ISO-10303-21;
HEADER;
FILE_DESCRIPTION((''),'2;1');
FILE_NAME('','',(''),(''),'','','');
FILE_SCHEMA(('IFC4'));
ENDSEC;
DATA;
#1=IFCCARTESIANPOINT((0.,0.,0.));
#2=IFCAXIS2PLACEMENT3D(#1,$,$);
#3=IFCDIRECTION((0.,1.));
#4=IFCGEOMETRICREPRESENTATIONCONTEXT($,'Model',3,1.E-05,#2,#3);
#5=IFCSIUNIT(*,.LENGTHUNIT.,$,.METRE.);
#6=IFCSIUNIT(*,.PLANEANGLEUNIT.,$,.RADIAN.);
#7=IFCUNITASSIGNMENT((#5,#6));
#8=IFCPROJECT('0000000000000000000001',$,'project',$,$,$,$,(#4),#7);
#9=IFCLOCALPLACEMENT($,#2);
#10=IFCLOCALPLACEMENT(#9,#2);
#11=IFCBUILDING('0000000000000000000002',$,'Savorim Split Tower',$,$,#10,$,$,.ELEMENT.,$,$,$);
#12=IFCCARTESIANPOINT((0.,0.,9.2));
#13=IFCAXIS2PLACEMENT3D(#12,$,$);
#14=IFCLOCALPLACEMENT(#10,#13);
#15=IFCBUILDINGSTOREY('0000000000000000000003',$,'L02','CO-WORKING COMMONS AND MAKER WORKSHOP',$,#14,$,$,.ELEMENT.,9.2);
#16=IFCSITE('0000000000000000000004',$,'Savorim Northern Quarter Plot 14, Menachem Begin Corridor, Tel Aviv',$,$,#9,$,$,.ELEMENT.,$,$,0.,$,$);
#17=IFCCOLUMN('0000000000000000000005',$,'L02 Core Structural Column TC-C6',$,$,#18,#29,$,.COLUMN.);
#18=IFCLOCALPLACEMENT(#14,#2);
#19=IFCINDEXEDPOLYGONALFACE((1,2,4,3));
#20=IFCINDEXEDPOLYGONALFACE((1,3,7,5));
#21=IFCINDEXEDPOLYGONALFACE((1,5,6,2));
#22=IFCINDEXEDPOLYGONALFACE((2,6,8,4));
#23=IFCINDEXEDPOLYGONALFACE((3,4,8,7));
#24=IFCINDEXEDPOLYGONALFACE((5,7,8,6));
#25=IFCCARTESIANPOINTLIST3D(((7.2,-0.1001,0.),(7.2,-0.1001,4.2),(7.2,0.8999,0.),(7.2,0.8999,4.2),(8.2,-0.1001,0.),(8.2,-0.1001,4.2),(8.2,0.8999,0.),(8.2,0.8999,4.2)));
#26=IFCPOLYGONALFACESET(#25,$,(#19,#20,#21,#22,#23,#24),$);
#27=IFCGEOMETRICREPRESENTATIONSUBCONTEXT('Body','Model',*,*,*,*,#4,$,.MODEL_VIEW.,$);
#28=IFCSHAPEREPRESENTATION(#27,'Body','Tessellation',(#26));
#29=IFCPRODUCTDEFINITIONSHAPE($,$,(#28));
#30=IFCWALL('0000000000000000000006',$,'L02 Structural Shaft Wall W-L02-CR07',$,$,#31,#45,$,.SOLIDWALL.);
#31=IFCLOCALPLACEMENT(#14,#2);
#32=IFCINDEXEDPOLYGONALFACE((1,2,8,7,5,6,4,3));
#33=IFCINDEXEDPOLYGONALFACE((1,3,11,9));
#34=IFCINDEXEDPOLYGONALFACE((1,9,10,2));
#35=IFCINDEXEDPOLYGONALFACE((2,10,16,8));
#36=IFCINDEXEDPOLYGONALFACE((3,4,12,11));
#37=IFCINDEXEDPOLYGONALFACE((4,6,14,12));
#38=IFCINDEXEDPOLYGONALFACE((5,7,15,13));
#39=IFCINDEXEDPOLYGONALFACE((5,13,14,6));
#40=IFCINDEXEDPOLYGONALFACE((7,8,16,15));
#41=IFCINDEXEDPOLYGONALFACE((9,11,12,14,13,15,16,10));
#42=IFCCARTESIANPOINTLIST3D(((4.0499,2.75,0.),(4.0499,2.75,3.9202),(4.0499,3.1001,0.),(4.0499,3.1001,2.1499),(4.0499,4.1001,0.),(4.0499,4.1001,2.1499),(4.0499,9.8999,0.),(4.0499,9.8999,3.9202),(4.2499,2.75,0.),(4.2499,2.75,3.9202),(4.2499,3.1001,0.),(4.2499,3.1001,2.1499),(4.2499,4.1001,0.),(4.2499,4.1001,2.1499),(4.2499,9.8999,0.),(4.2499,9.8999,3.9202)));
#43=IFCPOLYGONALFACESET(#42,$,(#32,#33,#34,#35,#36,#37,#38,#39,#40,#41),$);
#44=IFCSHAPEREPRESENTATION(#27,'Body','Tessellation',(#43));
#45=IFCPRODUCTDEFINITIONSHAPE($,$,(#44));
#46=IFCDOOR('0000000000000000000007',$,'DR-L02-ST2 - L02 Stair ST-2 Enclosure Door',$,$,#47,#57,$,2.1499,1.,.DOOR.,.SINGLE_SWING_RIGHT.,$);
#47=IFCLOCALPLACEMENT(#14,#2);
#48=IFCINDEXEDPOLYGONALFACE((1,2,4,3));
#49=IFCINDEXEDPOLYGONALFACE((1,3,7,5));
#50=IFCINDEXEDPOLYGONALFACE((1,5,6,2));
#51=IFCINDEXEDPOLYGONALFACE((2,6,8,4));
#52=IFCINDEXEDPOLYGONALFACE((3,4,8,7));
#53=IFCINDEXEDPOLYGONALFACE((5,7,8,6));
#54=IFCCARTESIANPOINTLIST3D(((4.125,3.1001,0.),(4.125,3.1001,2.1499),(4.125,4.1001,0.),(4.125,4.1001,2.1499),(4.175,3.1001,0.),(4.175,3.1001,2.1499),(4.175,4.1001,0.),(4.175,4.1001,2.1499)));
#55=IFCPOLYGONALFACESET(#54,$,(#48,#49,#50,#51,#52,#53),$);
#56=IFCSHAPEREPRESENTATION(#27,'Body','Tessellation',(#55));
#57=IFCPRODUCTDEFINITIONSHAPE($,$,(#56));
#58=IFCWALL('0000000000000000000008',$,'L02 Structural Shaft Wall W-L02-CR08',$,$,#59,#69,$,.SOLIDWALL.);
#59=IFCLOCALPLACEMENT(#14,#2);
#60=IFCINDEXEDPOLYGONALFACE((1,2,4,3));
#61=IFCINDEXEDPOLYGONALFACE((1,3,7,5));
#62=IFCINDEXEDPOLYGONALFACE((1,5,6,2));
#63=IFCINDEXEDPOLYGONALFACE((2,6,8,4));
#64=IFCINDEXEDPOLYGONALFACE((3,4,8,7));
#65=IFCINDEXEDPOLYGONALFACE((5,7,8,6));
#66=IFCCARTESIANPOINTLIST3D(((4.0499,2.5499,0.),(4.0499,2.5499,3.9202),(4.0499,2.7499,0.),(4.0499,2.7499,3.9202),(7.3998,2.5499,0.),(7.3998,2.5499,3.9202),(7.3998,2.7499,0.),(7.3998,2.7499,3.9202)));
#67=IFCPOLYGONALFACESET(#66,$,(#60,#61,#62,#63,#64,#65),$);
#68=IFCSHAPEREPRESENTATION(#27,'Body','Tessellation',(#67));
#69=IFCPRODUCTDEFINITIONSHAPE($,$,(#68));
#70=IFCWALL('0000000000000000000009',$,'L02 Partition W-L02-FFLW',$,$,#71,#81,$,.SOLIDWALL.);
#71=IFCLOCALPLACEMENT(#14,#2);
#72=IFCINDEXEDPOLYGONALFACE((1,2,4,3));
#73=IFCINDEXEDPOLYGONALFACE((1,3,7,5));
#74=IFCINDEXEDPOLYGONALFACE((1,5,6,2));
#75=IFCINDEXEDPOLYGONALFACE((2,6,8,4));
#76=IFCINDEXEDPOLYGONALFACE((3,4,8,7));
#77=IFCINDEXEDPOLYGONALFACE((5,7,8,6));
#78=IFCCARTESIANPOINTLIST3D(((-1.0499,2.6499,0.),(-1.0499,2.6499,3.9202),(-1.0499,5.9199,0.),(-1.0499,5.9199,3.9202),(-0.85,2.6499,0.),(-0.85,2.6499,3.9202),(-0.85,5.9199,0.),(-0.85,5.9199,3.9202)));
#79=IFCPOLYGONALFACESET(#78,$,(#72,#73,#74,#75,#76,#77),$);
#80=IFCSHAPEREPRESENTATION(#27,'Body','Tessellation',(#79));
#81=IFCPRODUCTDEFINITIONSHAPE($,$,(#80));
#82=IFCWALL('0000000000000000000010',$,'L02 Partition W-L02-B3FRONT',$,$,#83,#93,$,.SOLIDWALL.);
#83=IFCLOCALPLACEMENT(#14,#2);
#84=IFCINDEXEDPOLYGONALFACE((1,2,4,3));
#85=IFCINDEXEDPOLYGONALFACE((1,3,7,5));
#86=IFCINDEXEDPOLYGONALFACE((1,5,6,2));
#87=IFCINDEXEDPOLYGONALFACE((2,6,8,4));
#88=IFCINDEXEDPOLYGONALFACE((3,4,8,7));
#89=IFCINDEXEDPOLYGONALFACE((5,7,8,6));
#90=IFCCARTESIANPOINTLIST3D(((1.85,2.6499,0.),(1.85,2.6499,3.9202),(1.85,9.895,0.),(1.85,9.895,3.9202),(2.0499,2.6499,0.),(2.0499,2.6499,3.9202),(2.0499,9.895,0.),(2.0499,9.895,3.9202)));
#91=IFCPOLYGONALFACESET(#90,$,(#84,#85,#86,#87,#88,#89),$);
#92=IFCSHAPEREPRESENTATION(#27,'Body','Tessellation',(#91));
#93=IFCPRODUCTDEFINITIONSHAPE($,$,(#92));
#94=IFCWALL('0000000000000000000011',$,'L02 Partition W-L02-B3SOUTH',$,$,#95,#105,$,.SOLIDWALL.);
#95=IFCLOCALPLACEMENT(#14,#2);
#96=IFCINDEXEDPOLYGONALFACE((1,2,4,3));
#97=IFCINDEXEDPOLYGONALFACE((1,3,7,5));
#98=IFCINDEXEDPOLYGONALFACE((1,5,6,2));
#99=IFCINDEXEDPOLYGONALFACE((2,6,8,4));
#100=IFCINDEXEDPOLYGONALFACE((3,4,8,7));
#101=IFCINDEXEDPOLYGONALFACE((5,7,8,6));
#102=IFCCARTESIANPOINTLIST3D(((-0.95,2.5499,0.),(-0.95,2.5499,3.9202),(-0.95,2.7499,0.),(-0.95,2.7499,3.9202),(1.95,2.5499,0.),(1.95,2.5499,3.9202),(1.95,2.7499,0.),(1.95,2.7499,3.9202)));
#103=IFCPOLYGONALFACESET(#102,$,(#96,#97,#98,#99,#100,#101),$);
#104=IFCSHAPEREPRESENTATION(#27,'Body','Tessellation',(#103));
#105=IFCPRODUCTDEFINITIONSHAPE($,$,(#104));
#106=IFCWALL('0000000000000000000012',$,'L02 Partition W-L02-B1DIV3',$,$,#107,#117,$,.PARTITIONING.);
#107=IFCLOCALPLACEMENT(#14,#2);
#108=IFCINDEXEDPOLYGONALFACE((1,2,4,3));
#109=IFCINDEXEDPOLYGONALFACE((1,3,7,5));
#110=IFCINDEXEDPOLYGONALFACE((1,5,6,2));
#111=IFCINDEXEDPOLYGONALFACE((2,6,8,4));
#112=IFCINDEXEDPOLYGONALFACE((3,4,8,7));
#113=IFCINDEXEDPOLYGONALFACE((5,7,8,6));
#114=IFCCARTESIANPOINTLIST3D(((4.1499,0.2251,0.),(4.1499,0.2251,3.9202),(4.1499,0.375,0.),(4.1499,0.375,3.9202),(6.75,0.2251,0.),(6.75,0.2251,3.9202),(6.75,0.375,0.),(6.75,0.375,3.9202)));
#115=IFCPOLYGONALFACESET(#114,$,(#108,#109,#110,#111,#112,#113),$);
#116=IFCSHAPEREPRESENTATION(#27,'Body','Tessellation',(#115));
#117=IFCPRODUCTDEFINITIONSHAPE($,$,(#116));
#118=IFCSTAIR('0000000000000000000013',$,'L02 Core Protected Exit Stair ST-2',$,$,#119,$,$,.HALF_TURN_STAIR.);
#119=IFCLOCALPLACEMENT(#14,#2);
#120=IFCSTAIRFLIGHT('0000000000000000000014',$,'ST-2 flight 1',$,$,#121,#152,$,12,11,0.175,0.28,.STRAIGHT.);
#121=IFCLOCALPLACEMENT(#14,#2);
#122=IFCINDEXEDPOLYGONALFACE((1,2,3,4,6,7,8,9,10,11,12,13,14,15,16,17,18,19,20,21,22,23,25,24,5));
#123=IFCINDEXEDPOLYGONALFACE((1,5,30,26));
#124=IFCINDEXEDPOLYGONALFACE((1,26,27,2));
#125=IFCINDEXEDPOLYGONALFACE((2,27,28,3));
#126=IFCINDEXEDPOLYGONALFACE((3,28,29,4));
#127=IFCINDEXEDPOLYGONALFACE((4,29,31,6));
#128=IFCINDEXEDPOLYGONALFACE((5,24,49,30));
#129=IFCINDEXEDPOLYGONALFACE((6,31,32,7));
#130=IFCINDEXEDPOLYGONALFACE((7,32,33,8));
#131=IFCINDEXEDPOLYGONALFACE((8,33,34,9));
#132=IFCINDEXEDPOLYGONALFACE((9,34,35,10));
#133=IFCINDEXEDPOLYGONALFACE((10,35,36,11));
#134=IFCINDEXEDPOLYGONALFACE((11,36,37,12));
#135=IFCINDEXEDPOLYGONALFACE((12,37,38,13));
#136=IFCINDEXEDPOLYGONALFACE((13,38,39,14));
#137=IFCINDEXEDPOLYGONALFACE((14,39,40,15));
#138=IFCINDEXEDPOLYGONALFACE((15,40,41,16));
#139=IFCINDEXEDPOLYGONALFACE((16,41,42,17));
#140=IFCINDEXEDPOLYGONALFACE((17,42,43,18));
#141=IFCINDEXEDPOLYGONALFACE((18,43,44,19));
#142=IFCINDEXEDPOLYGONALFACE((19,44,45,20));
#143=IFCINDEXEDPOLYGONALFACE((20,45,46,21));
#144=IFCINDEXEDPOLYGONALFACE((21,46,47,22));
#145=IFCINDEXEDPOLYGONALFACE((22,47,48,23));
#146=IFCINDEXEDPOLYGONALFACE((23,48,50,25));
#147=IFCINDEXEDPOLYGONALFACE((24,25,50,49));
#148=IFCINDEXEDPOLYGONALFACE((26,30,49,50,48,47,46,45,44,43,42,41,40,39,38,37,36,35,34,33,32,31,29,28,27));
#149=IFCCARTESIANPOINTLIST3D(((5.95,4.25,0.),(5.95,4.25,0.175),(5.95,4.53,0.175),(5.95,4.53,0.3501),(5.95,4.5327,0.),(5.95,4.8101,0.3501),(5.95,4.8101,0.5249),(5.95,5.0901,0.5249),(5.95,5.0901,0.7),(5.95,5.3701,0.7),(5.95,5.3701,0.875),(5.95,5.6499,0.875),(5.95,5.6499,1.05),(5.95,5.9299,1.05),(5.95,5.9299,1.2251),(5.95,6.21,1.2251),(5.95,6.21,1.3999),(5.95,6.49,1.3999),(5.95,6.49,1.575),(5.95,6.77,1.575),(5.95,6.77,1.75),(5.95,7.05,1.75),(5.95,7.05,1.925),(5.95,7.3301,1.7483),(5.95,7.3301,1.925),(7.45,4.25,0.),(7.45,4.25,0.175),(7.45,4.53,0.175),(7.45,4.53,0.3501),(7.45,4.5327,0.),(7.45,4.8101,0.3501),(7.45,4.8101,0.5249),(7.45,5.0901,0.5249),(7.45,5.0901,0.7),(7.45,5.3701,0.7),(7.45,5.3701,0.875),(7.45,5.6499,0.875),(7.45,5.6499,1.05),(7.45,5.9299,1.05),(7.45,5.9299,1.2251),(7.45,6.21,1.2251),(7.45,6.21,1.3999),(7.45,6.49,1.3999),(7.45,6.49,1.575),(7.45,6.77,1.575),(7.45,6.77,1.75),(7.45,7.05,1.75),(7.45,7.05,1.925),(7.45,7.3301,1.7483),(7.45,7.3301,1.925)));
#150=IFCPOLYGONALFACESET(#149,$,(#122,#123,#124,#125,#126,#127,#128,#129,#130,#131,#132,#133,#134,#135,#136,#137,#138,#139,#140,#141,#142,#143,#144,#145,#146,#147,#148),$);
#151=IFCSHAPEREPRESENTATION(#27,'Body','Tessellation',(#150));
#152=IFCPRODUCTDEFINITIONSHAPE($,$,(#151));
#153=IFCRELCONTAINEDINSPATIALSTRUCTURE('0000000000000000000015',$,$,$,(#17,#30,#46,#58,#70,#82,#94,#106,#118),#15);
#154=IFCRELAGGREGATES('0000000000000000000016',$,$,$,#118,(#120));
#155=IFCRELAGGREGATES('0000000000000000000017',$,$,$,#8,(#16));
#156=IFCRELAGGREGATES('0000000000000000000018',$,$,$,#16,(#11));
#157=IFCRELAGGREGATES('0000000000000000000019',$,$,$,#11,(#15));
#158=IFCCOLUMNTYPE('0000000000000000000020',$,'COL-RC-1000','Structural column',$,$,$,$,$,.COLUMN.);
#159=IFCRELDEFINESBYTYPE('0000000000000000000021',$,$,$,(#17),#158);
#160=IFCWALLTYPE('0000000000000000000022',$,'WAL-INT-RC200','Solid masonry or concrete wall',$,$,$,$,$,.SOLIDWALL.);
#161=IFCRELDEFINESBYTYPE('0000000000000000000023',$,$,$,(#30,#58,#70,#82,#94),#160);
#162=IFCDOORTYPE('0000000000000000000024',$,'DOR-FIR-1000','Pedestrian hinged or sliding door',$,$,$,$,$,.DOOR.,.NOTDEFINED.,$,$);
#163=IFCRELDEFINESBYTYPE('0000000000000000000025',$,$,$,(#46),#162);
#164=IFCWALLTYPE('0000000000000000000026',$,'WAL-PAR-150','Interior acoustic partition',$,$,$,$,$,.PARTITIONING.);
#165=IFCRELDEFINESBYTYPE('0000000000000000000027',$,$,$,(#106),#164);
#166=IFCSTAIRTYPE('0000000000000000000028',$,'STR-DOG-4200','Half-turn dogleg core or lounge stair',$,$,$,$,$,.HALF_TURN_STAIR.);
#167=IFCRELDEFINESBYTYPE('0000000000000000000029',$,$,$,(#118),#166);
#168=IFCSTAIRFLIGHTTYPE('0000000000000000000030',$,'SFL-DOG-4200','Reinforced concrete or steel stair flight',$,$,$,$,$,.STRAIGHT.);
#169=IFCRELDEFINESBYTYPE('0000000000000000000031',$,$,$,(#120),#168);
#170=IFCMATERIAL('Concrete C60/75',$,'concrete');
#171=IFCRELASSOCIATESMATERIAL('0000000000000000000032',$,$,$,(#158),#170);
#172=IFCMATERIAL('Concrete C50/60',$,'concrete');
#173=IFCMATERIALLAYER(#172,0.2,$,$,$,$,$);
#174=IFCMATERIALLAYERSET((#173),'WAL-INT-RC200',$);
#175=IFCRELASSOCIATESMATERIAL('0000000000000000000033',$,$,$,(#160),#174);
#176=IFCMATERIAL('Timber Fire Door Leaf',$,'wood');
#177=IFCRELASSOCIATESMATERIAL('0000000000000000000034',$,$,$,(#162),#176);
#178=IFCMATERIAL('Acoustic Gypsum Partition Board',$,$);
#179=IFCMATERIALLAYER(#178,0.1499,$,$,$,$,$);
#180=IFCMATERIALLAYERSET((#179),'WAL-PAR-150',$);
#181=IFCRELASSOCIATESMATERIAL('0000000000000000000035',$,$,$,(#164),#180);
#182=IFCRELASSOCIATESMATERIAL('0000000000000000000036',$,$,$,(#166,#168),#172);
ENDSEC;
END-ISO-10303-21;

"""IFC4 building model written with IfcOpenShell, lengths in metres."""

from ifc_helpers import new_model, si_unit, direction, frame, frame_2d, origin, origin_2d, place, context, subcontext, project, spatial, polyline, rectangle, outline, extrude, material, layer, layer_set, material_profile, profile_set, type_object, element, fill, aggregate, save


model = new_model("IFC4")

# Units and contexts
model_context = context("Model", 3, precision=1e-05, world=origin(), true_north=direction((0.0, 1.0)))
body_context = subcontext(model_context, "Body", "Model", "MODEL_VIEW")
ifc_project = project(units=[si_unit("LENGTHUNIT", "METRE"), si_unit("PLANEANGLEUNIT", "RADIAN")], contexts=[model_context])

# Site, building, storey
site_placement = place(None, origin())
site = spatial("IfcSite", under=ifc_project, at=site_placement, Name="Savorim Northern Quarter Plot 14, Menachem Begin Corridor, Tel Aviv", CompositionType="ELEMENT", RefElevation=0.0)
building_placement = place(site_placement, origin())
building = spatial("IfcBuilding", under=site, at=building_placement, Name="Savorim Split Tower", CompositionType="ELEMENT")
storey_placement = place(building_placement, frame((0.0, 0.0, 9.2)))
storey = spatial("IfcBuildingStorey", under=building, at=storey_placement, Name="L02", Description="CO-WORKING COMMONS AND MAKER WORKSHOP", CompositionType="ELEMENT", Elevation=9.2)

# Column
ifc_material_1 = material(Name="Concrete C60/75", Category="concrete")
ifc_material_profile = material_profile(ifc_material_1, rectangle(XDim=1.0, YDim=1.0, at=origin_2d()), Name="RC 1000x1000")
ifc_profile_set = profile_set([ifc_material_profile], Name="Concrete C60/75")
column_type = type_object("IfcColumnType", Name="COL-RC-1000", Description="Structural column", PredefinedType="COLUMN", material=ifc_profile_set)
column_placement = place(storey_placement, frame((7.7, 0.3999, 0.0), z_axis=(0.0, 0.0, 1.0), x_axis=(1.0, 0.0, 0.0)))
element("IfcColumn", 1, at=column_placement, inside=storey, type_object=column_type, Name="L02 Core Structural Column TC-C6", PredefinedType="COLUMN", context=body_context, shape_type="SweptSolid", body=[
    extrude(rectangle(XDim=1.0, YDim=1.0, at=origin_2d()), origin(), (0.0, 0.0, 1.0), 4.2),
])

# Wall, opening, door
ifc_material_2 = material(Name="Concrete C50/60", Category="concrete")
ifc_layer_1 = layer(ifc_material_2, 0.2)
ifc_layer_set_1 = layer_set([ifc_layer_1], Name="WAL-INT-RC200")
wall_type_1 = type_object("IfcWallType", Name="WAL-INT-RC200", Description="Solid masonry or concrete wall", PredefinedType="SOLIDWALL", material=ifc_layer_set_1)
wall_1_placement = place(storey_placement, frame((4.1499, 2.75, 0.0), z_axis=(0.0, 0.0, 1.0), x_axis=(0.0, 1.0, 0.0)))
wall_1 = element("IfcWall", 2, at=wall_1_placement, inside=storey, type_object=wall_type_1, Name="L02 Structural Shaft Wall W-L02-CR07", PredefinedType="SOLIDWALL", context=body_context, shape_type="SweptSolid", body=[
    extrude(rectangle(XDim=7.1499, YDim=0.2, at=frame_2d((3.575, 0.0))), origin(), (0.0, 0.0, 1.0), 3.9202),
])
opening_placement = place(wall_1_placement, frame((0.3501, 0.0, 0.0)))
opening = element("IfcOpeningElement", 3, at=opening_placement, cuts=wall_1, PredefinedType="OPENING", context=body_context, shape_type="SweptSolid", body=[
    extrude(rectangle(XDim=1.0, YDim=2.1499, at=frame_2d((0.5, 1.075))), frame((0.0, 0.1099, 0.0), z_axis=(0.0, -1.0, 0.0), x_axis=(1.0, 0.0, 0.0)), (0.0, 0.0, 1.0), 0.22),
])
ifc_material_3 = material(Name="Timber Fire Door Leaf", Category="wood")
door_type = type_object("IfcDoorType", Name="DOR-FIR-1000", Description="Pedestrian hinged or sliding door", OperationType="NOTDEFINED", PredefinedType="DOOR", material=ifc_material_3)
door_placement = place(opening_placement, origin())
door = element("IfcDoor", 4, at=door_placement, inside=storey, type_object=door_type, Name="DR-L02-ST2 - L02 Stair ST-2 Enclosure Door", OperationType="SINGLE_SWING_RIGHT", OverallHeight=2.1499, OverallWidth=1.0, PredefinedType="DOOR", context=body_context, shape_type="SweptSolid", body=[
    extrude(rectangle(XDim=1.0, YDim=2.1499, at=frame_2d((0.5, 1.075))), frame((0.0, 0.0249, 0.0), z_axis=(0.0, -1.0, 0.0), x_axis=(1.0, 0.0, 0.0)), (0.0, 0.0, 1.0), 0.05),
])
fill(opening, door)

# Walls
wall_2_placement = place(storey_placement, frame((4.05, 2.6499, 0.0), z_axis=(0.0, 0.0, 1.0), x_axis=(1.0, 0.0, 0.0)))
element("IfcWall", 5, at=wall_2_placement, inside=storey, type_object=wall_type_1, Name="L02 Structural Shaft Wall W-L02-CR08", PredefinedType="SOLIDWALL", context=body_context, shape_type="SweptSolid", body=[
    extrude(rectangle(XDim=3.3499, YDim=0.2, at=frame_2d((1.6748, 0.0))), origin(), (0.0, 0.0, 1.0), 3.9202),
])
wall_3_placement = place(storey_placement, frame((-0.95, 2.6499, 0.0), z_axis=(0.0, 0.0, 1.0), x_axis=(0.0, 1.0, 0.0)))
element("IfcWall", 6, at=wall_3_placement, inside=storey, type_object=wall_type_1, Name="L02 Partition W-L02-FFLW", PredefinedType="SOLIDWALL", context=body_context, shape_type="SweptSolid", body=[
    extrude(rectangle(XDim=3.27, YDim=0.2, at=frame_2d((1.635, 0.0))), origin(), (0.0, 0.0, 1.0), 3.9202),
])
wall_4_placement = place(storey_placement, frame((1.95, 2.6499, 0.0), z_axis=(0.0, 0.0, 1.0), x_axis=(0.0, 1.0, 0.0)))
element("IfcWall", 7, at=wall_4_placement, inside=storey, type_object=wall_type_1, Name="L02 Partition W-L02-B3FRONT", PredefinedType="SOLIDWALL", context=body_context, shape_type="SweptSolid", body=[
    extrude(rectangle(XDim=7.2451, YDim=0.2, at=frame_2d((3.6226, 0.0))), origin(), (0.0, 0.0, 1.0), 3.9202),
])
wall_5_placement = place(storey_placement, frame((-0.95, 2.6499, 0.0), z_axis=(0.0, 0.0, 1.0), x_axis=(1.0, 0.0, 0.0)))
element("IfcWall", 8, at=wall_5_placement, inside=storey, type_object=wall_type_1, Name="L02 Partition W-L02-B3SOUTH", PredefinedType="SOLIDWALL", context=body_context, shape_type="SweptSolid", body=[
    extrude(rectangle(XDim=2.8999, YDim=0.2, at=frame_2d((1.45, 0.0))), origin(), (0.0, 0.0, 1.0), 3.9202),
])
ifc_material_4 = material(Name="Acoustic Gypsum Partition Board")
ifc_layer_2 = layer(ifc_material_4, 0.1499)
ifc_layer_set_2 = layer_set([ifc_layer_2], Name="WAL-PAR-150")
wall_type_2 = type_object("IfcWallType", Name="WAL-PAR-150", Description="Interior acoustic partition", PredefinedType="PARTITIONING", material=ifc_layer_set_2)
wall_6_placement = place(storey_placement, frame((4.1499, 0.3, 0.0), z_axis=(0.0, 0.0, 1.0), x_axis=(1.0, 0.0, 0.0)))
element("IfcWall", 9, at=wall_6_placement, inside=storey, type_object=wall_type_2, Name="L02 Partition W-L02-B1DIV3", PredefinedType="PARTITIONING", context=body_context, shape_type="SweptSolid", body=[
    extrude(rectangle(XDim=2.6001, YDim=0.1499, at=frame_2d((1.3, 0.0))), origin(), (0.0, 0.0, 1.0), 3.9202),
])

# Stair, stair flight
stair_type = type_object("IfcStairType", Name="STR-DOG-4200", Description="Half-turn dogleg core or lounge stair", PredefinedType="HALF_TURN_STAIR", material=ifc_material_2)
stair_placement = place(storey_placement, origin())
stair = element("IfcStair", 10, at=stair_placement, inside=storey, type_object=stair_type, Name="L02 Core Protected Exit Stair ST-2", PredefinedType="HALF_TURN_STAIR")
stair_flight_type = type_object("IfcStairFlightType", Name="SFL-DOG-4200", Description="Reinforced concrete or steel stair flight", PredefinedType="STRAIGHT", material=ifc_material_2)
stair_flight_placement = place(storey_placement, frame((6.7, 4.25, 0.0), z_axis=(0.0, 0.0, 1.0), x_axis=(0.0, 1.0, 0.0)))
stair_flight = element("IfcStairFlight", 11, at=stair_flight_placement, type_object=stair_flight_type, Name="ST-2 flight 1", NumberOfRisers=12, NumberOfTreads=11, PredefinedType="STRAIGHT", RiserHeight=0.175, TreadLength=0.28, context=body_context, shape_type="SweptSolid", body=[
    extrude(outline(polyline([(0.0, 0.0), (0.0, 0.175), (0.28, 0.175), (0.28, 0.3501), (0.5601, 0.3501), (0.5601, 0.5249), (0.8401, 0.5249), (0.8401, 0.7), (1.1201, 0.7), (1.1201, 0.875), (1.3999, 0.875), (1.3999, 1.05), (1.6799, 1.05), (1.6799, 1.2251), (1.96, 1.2251), (1.96, 1.3999), (2.24, 1.3999), (2.24, 1.575), (2.52, 1.575), (2.52, 1.75), (2.8, 1.75), (2.8, 1.925), (3.0801, 1.925), (3.0801, 2.1001), (3.0801, 1.7483), (0.2827, 0.0), (0.0, 0.0)])), frame((0.0, 0.75, 0.0), z_axis=(0.0, -1.0, 0.0), x_axis=(1.0, 0.0, 0.0)), (0.0, 0.0, 1.0), 1.5),
])
aggregate(stair, [stair_flight])

save(model, "model.ifc")
